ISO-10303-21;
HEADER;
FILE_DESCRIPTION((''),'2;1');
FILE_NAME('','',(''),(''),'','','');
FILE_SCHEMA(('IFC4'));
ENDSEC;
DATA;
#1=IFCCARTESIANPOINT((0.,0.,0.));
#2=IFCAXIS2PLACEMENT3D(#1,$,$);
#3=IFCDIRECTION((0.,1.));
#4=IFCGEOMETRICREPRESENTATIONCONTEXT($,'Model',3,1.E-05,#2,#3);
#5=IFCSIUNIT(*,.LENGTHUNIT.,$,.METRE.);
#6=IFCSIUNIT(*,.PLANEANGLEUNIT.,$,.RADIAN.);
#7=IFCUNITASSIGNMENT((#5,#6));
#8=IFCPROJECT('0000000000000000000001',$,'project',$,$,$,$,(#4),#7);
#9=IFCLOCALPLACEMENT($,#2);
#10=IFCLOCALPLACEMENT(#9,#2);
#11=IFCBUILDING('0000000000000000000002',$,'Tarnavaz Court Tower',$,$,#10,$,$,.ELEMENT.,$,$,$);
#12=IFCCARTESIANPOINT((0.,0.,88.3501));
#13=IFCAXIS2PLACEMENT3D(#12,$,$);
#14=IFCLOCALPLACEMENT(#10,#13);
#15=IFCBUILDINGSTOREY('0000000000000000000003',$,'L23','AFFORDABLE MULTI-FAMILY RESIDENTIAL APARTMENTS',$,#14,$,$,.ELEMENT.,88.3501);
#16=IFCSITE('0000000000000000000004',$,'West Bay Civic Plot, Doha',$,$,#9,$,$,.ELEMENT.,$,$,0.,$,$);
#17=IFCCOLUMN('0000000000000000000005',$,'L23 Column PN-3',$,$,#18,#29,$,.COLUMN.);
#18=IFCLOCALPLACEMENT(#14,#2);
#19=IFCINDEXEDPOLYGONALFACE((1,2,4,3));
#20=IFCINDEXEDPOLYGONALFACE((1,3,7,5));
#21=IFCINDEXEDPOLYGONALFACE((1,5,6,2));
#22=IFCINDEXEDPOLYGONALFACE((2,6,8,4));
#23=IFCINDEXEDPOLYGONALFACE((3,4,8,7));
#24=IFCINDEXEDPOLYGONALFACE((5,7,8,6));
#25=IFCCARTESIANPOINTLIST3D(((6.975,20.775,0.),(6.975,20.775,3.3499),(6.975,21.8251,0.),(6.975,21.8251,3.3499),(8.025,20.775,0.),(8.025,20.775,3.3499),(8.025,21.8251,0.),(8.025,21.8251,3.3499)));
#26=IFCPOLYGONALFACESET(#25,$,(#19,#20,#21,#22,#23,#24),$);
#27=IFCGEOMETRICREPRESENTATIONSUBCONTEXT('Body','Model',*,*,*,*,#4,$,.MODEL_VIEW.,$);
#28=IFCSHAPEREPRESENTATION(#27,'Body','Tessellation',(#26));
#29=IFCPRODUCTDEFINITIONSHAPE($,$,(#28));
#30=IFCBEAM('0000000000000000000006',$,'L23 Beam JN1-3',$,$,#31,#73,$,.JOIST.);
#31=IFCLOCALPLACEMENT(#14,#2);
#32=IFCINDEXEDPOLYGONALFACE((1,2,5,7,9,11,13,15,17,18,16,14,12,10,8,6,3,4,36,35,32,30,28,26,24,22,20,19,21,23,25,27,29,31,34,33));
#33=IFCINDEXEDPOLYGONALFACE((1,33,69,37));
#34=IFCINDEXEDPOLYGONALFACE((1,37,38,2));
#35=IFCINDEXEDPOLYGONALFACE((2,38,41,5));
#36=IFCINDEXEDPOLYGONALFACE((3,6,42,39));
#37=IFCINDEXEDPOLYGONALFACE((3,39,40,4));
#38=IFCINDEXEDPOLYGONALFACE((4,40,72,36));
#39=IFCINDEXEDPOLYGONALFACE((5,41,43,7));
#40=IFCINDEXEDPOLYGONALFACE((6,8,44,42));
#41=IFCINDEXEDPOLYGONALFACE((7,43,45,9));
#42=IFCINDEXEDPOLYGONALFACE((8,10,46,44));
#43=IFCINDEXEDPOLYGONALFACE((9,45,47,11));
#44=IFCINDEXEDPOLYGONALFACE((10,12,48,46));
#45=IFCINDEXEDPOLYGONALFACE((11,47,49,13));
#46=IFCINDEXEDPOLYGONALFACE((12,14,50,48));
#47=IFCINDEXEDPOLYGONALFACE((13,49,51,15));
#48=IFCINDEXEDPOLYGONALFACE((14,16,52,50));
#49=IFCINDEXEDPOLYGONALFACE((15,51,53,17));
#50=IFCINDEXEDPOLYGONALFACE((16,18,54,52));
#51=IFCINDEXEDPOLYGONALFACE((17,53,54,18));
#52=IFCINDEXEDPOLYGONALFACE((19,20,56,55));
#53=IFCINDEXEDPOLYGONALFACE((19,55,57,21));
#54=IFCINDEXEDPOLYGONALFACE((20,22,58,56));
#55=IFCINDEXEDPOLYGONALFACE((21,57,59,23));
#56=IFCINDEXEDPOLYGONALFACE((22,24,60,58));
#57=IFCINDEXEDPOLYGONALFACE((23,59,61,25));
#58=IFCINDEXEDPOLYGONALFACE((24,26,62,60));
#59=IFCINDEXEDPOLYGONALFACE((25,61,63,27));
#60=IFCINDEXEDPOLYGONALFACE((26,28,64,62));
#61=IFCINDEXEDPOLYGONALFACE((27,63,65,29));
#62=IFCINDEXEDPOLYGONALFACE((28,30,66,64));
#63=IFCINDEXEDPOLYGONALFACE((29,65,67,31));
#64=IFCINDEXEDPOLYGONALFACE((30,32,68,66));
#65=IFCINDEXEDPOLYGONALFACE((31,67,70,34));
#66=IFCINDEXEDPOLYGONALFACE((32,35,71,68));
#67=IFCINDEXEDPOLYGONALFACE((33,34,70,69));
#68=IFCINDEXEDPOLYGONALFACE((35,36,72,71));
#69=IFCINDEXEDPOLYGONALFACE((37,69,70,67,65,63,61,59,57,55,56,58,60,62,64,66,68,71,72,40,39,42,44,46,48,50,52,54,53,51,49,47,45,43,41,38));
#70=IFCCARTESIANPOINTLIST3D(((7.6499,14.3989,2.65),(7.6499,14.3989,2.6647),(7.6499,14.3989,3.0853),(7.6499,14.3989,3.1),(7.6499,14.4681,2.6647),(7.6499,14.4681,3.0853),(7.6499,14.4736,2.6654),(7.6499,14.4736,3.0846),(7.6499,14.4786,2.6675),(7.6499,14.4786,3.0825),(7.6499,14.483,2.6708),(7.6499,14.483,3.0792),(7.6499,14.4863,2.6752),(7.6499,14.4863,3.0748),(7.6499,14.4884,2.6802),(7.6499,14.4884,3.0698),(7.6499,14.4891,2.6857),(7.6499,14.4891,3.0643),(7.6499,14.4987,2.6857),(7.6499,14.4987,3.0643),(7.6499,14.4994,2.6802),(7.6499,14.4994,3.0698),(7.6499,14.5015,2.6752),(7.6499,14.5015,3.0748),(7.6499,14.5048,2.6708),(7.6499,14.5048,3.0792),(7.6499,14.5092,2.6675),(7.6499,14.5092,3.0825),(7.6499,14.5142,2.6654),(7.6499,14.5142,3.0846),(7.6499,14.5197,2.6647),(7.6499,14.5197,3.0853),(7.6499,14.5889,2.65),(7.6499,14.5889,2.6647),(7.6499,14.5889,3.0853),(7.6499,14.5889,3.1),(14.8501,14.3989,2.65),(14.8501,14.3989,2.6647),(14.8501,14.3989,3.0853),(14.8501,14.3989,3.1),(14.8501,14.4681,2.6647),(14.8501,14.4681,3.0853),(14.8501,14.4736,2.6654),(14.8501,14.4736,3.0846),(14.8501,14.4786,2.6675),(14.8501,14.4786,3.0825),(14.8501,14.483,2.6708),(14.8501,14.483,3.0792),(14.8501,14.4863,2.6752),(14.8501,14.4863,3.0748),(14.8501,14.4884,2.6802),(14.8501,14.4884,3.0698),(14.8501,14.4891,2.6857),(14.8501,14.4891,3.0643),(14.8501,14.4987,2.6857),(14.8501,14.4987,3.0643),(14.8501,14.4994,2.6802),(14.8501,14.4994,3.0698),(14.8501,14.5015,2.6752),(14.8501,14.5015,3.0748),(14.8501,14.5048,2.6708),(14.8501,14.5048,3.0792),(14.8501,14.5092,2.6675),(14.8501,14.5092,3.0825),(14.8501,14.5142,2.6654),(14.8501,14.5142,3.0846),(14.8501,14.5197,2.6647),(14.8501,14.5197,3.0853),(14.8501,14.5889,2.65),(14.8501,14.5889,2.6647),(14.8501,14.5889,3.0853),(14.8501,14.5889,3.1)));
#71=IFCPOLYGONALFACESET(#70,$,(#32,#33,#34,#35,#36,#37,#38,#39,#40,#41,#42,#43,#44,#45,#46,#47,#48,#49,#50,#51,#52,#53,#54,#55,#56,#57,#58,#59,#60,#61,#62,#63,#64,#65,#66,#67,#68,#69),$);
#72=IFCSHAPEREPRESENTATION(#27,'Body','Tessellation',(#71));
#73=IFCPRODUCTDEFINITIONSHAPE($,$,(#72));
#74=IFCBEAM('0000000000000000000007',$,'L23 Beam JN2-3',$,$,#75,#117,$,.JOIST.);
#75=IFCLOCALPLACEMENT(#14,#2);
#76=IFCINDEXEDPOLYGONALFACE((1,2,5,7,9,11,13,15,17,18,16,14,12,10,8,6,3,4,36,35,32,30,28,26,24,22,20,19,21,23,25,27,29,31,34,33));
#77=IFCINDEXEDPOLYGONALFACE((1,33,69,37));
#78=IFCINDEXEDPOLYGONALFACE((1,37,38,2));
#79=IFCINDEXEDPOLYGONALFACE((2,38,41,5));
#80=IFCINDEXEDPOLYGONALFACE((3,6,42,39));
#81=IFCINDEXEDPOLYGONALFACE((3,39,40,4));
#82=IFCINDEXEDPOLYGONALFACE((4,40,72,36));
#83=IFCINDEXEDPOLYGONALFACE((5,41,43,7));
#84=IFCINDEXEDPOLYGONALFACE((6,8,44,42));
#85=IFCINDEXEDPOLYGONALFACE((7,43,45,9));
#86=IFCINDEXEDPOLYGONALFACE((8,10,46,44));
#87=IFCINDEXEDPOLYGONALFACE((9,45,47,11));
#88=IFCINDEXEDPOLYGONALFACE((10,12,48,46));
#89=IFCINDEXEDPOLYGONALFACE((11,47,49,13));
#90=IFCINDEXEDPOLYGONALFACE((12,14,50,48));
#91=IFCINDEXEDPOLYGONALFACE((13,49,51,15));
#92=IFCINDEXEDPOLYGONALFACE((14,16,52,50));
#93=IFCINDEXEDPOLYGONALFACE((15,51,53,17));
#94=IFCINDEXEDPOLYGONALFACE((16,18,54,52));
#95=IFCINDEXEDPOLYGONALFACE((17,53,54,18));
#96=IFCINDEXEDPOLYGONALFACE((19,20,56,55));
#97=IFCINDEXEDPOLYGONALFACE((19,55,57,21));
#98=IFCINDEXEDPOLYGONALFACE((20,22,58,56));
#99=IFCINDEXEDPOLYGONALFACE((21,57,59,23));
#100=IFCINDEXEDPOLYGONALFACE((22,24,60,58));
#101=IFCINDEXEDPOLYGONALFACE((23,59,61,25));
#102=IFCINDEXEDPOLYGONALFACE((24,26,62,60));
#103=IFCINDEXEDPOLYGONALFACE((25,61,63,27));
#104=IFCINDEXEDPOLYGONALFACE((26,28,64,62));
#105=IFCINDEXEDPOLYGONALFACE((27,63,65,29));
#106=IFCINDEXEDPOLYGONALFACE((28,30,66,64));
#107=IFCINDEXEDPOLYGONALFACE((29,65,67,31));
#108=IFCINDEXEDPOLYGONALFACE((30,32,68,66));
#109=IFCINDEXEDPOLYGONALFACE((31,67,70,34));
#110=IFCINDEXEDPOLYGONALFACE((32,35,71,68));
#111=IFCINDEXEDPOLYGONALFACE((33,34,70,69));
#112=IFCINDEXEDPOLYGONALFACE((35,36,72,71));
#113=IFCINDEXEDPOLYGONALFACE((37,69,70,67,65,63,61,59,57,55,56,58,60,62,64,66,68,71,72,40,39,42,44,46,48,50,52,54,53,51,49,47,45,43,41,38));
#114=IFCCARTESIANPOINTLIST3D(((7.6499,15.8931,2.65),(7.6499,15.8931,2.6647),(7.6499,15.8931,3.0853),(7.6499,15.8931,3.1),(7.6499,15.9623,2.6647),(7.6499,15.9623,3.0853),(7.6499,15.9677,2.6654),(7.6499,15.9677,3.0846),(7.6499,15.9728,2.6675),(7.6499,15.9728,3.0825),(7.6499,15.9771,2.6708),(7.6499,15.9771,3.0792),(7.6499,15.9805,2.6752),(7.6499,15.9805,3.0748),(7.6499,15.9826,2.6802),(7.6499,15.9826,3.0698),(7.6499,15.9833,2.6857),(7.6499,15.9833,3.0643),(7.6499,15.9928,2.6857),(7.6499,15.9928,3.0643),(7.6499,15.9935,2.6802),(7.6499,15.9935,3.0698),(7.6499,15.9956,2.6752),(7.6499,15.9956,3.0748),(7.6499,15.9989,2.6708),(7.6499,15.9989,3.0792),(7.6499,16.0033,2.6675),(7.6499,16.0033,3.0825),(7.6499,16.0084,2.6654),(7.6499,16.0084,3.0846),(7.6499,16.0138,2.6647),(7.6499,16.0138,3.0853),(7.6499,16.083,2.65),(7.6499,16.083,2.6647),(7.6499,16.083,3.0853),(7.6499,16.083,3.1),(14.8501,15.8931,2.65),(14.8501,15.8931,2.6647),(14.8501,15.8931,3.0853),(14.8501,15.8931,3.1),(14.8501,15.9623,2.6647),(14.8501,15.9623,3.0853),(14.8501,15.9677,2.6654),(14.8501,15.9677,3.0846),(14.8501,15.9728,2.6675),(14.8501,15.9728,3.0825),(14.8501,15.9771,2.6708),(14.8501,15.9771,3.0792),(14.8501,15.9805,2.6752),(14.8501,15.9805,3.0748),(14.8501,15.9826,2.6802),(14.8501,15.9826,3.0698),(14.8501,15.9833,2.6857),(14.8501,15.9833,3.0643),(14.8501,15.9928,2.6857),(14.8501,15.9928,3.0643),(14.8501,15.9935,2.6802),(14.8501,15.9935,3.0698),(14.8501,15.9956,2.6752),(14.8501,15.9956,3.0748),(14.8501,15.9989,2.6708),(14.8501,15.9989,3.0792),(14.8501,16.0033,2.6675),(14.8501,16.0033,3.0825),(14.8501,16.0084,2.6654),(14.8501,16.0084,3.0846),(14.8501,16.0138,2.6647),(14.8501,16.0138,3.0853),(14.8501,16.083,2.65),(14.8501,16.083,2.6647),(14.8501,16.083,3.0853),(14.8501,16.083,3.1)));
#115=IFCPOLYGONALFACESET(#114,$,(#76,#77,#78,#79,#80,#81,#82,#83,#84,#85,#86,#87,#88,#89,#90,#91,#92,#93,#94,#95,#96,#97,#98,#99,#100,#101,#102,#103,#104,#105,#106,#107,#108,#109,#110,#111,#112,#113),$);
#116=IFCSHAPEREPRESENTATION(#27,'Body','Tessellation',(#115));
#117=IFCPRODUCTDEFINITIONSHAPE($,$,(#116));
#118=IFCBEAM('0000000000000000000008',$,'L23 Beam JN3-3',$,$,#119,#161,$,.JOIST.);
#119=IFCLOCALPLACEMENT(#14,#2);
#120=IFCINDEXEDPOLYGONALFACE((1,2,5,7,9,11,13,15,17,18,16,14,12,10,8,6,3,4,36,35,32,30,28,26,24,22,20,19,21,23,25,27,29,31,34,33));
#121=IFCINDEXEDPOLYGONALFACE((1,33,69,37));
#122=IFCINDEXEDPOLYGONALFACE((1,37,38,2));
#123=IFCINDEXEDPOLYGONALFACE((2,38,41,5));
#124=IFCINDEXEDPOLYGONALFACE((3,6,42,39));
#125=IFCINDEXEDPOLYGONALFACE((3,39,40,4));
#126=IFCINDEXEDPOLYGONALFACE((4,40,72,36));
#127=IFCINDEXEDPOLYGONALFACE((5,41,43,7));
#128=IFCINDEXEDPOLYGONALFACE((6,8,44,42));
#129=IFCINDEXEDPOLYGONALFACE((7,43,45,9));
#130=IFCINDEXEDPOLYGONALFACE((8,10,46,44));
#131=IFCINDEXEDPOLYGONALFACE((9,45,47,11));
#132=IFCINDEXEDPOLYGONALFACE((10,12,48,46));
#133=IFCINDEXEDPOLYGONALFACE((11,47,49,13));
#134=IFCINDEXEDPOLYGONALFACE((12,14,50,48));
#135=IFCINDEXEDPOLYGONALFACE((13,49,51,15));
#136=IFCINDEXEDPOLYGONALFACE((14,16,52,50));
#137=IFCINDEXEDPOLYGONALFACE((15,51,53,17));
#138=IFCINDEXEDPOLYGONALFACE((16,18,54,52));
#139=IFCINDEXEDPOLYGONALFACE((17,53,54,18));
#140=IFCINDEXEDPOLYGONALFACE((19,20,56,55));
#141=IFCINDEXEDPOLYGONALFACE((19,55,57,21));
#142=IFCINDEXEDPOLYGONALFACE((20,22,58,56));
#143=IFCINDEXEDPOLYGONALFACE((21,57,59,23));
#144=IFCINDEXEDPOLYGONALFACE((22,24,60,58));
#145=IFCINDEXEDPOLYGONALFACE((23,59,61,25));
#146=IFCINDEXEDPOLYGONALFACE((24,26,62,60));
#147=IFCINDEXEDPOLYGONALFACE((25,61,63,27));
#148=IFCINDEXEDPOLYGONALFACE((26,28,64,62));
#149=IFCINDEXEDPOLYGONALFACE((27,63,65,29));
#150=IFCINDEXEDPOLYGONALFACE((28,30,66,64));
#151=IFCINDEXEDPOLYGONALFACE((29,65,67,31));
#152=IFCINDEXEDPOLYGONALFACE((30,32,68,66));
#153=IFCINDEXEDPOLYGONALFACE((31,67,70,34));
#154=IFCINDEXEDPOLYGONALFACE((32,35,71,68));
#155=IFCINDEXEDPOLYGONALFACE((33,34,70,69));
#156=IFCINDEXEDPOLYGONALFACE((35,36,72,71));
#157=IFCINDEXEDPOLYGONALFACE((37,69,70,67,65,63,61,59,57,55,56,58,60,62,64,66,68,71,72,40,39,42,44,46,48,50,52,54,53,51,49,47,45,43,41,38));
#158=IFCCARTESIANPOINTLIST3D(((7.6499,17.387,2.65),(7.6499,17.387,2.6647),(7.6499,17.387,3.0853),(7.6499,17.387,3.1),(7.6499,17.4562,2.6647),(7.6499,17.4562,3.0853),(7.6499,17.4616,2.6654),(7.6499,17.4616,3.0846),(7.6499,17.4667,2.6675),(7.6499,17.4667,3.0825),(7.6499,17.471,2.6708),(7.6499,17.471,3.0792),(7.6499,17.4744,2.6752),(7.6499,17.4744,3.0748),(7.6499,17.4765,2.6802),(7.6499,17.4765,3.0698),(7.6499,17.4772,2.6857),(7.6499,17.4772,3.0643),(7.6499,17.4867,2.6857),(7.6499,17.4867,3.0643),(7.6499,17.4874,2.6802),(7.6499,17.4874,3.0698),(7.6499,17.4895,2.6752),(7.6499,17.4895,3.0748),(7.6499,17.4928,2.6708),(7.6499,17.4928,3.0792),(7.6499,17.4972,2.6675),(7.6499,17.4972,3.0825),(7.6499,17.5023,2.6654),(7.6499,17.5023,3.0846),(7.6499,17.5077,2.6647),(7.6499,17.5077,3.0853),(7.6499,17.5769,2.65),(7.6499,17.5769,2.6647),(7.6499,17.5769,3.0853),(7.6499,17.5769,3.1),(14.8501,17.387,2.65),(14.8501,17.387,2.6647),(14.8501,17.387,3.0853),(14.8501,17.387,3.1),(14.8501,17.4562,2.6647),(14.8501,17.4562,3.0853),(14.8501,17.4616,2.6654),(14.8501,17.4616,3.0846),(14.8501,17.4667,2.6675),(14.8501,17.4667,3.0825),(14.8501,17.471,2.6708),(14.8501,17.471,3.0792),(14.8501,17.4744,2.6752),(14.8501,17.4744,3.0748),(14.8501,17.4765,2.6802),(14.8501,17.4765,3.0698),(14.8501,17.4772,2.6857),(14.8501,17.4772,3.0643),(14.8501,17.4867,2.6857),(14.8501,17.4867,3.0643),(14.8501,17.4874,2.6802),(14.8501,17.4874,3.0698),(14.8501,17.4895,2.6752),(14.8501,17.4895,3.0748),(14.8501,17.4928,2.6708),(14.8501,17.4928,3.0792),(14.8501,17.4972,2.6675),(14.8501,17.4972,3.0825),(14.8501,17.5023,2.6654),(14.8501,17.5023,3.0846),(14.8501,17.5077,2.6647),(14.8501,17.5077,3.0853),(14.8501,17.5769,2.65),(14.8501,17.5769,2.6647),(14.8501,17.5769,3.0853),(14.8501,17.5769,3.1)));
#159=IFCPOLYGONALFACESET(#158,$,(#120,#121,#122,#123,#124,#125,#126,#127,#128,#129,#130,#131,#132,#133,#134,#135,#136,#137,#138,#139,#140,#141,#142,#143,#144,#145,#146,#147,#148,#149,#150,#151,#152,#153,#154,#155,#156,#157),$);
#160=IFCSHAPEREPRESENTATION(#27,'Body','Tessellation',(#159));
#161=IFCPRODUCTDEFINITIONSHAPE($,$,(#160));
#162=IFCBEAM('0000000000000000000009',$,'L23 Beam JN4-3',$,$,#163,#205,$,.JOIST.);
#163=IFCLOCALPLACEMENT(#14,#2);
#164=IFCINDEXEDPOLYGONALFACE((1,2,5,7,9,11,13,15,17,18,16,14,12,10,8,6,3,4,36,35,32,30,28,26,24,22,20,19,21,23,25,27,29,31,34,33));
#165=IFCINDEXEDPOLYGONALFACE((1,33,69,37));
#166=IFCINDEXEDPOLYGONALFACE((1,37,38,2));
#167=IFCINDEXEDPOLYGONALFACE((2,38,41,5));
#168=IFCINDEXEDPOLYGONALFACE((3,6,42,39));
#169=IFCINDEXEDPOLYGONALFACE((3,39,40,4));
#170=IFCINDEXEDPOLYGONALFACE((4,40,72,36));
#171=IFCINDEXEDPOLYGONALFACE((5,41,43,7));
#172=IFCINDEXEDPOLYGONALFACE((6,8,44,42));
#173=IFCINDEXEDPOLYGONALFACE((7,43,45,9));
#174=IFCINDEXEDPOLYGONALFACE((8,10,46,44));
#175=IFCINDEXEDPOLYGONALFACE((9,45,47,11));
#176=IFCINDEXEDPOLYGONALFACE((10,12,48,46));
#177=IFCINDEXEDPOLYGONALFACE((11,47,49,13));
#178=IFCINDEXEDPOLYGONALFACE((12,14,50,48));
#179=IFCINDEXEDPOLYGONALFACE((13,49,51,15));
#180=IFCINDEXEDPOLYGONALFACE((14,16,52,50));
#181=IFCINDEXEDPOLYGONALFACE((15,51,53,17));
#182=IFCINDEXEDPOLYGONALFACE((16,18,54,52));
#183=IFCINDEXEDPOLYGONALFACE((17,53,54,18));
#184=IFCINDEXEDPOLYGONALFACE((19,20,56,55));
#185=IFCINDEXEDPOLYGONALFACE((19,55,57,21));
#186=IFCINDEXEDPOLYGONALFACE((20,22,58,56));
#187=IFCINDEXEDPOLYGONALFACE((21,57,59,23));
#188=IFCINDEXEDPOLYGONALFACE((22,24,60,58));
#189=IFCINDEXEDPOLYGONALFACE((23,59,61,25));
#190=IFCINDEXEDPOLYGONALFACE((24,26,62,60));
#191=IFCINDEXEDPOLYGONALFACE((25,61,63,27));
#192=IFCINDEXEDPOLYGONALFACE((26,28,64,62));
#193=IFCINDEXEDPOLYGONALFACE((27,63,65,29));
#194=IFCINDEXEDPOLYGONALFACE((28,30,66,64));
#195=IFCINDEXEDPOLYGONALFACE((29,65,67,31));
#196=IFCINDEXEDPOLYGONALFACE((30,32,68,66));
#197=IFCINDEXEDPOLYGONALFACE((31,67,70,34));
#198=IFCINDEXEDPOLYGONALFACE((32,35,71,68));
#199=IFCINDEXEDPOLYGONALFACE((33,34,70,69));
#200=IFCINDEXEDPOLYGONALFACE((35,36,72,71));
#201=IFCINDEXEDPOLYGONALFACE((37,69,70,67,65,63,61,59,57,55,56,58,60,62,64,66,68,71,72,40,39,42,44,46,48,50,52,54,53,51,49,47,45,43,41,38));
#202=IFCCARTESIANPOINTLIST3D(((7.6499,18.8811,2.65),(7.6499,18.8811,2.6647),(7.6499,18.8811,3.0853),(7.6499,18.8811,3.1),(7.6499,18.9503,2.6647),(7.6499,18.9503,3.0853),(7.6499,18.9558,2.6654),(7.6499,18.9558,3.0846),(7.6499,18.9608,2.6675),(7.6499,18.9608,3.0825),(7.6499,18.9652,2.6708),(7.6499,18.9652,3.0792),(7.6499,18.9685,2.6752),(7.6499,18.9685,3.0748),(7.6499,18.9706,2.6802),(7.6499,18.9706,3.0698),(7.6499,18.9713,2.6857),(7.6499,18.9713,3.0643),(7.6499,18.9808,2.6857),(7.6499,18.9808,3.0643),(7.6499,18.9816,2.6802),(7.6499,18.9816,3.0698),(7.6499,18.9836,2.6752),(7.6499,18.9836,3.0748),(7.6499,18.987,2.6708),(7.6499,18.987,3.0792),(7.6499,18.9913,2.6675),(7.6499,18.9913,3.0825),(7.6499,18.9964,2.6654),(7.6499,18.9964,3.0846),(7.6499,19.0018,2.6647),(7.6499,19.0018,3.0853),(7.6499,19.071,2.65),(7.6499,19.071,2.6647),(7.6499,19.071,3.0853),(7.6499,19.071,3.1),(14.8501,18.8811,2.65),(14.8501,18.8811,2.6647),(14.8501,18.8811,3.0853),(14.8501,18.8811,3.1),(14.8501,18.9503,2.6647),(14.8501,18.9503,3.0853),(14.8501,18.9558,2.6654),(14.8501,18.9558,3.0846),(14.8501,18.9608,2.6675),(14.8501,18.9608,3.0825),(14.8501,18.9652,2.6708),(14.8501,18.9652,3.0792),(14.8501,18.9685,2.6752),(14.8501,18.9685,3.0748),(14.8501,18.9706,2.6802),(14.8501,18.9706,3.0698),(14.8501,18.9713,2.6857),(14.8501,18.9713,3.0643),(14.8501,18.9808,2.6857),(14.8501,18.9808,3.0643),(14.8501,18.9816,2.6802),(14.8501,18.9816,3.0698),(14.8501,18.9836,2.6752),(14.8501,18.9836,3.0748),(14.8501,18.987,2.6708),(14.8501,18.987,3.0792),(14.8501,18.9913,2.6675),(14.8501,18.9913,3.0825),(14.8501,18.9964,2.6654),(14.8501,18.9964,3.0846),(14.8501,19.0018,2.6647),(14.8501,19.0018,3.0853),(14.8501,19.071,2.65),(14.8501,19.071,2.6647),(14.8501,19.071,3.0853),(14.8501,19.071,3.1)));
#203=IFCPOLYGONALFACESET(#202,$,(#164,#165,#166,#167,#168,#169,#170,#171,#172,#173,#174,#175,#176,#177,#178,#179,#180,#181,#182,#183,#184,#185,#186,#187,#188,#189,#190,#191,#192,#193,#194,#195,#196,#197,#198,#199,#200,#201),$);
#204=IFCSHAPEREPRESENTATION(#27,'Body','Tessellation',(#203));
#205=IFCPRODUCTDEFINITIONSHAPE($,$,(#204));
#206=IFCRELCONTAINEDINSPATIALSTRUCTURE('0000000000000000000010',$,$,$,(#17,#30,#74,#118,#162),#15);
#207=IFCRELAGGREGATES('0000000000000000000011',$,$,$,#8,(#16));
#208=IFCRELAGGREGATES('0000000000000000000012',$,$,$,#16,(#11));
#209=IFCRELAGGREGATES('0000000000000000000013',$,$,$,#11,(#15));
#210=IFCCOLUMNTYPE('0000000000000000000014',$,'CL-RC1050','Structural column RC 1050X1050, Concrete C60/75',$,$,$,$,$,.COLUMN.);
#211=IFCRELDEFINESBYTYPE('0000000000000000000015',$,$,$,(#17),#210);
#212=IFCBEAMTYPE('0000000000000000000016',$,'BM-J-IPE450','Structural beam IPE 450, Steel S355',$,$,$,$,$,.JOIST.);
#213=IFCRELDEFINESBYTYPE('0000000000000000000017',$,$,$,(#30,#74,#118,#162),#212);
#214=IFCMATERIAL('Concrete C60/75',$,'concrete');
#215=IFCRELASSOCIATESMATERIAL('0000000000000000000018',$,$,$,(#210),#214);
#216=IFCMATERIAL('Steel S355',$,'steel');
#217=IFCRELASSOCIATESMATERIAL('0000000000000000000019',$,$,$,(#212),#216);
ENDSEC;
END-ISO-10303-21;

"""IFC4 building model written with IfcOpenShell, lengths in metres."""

from ifc_helpers import new_model, si_unit, direction, frame, origin, origin_2d, place, context, subcontext, project, spatial, rectangle, i_section, extrude, material, material_profile, profile_set, type_object, element, save


model = new_model("IFC4")

# Units and contexts
model_context = context("Model", 3, precision=1e-05, world=origin(), true_north=direction((0.0, 1.0)))
body_context = subcontext(model_context, "Body", "Model", "MODEL_VIEW")
ifc_project = project(units=[si_unit("LENGTHUNIT", "METRE"), si_unit("PLANEANGLEUNIT", "RADIAN")], contexts=[model_context])

# Site, building, storey
site_placement = place(None, origin())
site = spatial("IfcSite", under=ifc_project, at=site_placement, Name="West Bay Civic Plot, Doha", CompositionType="ELEMENT", RefElevation=0.0)
building_placement = place(site_placement, origin())
building = spatial("IfcBuilding", under=site, at=building_placement, Name="Tarnavaz Court Tower", CompositionType="ELEMENT")
storey_placement = place(building_placement, frame((0.0, 0.0, 88.3501)))
storey = spatial("IfcBuildingStorey", under=building, at=storey_placement, Name="L23", Description="AFFORDABLE MULTI-FAMILY RESIDENTIAL APARTMENTS", CompositionType="ELEMENT", Elevation=88.3501)

# Column
ifc_material_1 = material(Name="Concrete C60/75", Category="concrete")
ifc_material_profile_1 = material_profile(ifc_material_1, rectangle(XDim=1.05, YDim=1.05, at=origin_2d()), Name="RC 1050X1050")
ifc_profile_set_1 = profile_set([ifc_material_profile_1], Name="Concrete C60/75")
column_type = type_object("IfcColumnType", Name="CL-RC1050", Description="Structural column RC 1050X1050, Concrete C60/75", PredefinedType="COLUMN", material=ifc_profile_set_1)
column_placement = place(storey_placement, frame((7.5, 21.3, 0.0), z_axis=(0.0, 0.0, 1.0), x_axis=(1.0, 0.0, 0.0)))
element("IfcColumn", 1, at=column_placement, inside=storey, type_object=column_type, Name="L23 Column PN-3", PredefinedType="COLUMN", context=body_context, shape_type="SweptSolid", body=[
    extrude(rectangle(XDim=1.05, YDim=1.05, at=origin_2d()), origin(), (0.0, 0.0, 1.0), 3.3499),
])

# Beams
ifc_material_2 = material(Name="Steel S355", Category="steel")
ifc_material_profile_2 = material_profile(ifc_material_2, i_section(OverallWidth=0.1899, OverallDepth=0.45, WebThickness=0.0095, FlangeThickness=0.0146, FilletRadius=0.021, at=origin_2d()), Name="IPE 450")
ifc_profile_set_2 = profile_set([ifc_material_profile_2], Name="Steel S355")
beam_type_1 = type_object("IfcBeamType", Name="BM-J-IPE450", Description="Structural beam IPE 450, Steel S355", PredefinedType="JOIST", material=ifc_profile_set_2)
for number, where, z_axis, x_axis, name in (
    (2, (7.6499, 14.4939, 2.875), (1.0, 0.0, 0.0), (0.0, 1.0, 0.0), "L23 Beam JN1-3"),
    (3, (7.6499, 15.988, 2.875), (1.0, 0.0, 0.0), (0.0, 1.0, 0.0), "L23 Beam JN2-3"),
    (4, (7.6499, 17.4819, 2.875), (1.0, 0.0, 0.0), (0.0, 1.0, 0.0), "L23 Beam JN3-3"),
    (5, (7.6499, 18.9761, 2.875), (1.0, 0.0, 0.0), (0.0, 1.0, 0.0), "L23 Beam JN4-3"),
):
    element("IfcBeam", number, at=place(storey_placement, frame(where, z_axis=z_axis, x_axis=x_axis)), inside=storey, type_object=beam_type_1, Name=name, PredefinedType="JOIST", context=body_context, shape_type="SweptSolid", body=[
        extrude(i_section(OverallWidth=0.1899, OverallDepth=0.45, WebThickness=0.0095, FlangeThickness=0.0146, FilletRadius=0.021, at=origin_2d()), origin(), (0.0, 0.0, 1.0), 7.2002),
    ])

save(model, "model.ifc")
